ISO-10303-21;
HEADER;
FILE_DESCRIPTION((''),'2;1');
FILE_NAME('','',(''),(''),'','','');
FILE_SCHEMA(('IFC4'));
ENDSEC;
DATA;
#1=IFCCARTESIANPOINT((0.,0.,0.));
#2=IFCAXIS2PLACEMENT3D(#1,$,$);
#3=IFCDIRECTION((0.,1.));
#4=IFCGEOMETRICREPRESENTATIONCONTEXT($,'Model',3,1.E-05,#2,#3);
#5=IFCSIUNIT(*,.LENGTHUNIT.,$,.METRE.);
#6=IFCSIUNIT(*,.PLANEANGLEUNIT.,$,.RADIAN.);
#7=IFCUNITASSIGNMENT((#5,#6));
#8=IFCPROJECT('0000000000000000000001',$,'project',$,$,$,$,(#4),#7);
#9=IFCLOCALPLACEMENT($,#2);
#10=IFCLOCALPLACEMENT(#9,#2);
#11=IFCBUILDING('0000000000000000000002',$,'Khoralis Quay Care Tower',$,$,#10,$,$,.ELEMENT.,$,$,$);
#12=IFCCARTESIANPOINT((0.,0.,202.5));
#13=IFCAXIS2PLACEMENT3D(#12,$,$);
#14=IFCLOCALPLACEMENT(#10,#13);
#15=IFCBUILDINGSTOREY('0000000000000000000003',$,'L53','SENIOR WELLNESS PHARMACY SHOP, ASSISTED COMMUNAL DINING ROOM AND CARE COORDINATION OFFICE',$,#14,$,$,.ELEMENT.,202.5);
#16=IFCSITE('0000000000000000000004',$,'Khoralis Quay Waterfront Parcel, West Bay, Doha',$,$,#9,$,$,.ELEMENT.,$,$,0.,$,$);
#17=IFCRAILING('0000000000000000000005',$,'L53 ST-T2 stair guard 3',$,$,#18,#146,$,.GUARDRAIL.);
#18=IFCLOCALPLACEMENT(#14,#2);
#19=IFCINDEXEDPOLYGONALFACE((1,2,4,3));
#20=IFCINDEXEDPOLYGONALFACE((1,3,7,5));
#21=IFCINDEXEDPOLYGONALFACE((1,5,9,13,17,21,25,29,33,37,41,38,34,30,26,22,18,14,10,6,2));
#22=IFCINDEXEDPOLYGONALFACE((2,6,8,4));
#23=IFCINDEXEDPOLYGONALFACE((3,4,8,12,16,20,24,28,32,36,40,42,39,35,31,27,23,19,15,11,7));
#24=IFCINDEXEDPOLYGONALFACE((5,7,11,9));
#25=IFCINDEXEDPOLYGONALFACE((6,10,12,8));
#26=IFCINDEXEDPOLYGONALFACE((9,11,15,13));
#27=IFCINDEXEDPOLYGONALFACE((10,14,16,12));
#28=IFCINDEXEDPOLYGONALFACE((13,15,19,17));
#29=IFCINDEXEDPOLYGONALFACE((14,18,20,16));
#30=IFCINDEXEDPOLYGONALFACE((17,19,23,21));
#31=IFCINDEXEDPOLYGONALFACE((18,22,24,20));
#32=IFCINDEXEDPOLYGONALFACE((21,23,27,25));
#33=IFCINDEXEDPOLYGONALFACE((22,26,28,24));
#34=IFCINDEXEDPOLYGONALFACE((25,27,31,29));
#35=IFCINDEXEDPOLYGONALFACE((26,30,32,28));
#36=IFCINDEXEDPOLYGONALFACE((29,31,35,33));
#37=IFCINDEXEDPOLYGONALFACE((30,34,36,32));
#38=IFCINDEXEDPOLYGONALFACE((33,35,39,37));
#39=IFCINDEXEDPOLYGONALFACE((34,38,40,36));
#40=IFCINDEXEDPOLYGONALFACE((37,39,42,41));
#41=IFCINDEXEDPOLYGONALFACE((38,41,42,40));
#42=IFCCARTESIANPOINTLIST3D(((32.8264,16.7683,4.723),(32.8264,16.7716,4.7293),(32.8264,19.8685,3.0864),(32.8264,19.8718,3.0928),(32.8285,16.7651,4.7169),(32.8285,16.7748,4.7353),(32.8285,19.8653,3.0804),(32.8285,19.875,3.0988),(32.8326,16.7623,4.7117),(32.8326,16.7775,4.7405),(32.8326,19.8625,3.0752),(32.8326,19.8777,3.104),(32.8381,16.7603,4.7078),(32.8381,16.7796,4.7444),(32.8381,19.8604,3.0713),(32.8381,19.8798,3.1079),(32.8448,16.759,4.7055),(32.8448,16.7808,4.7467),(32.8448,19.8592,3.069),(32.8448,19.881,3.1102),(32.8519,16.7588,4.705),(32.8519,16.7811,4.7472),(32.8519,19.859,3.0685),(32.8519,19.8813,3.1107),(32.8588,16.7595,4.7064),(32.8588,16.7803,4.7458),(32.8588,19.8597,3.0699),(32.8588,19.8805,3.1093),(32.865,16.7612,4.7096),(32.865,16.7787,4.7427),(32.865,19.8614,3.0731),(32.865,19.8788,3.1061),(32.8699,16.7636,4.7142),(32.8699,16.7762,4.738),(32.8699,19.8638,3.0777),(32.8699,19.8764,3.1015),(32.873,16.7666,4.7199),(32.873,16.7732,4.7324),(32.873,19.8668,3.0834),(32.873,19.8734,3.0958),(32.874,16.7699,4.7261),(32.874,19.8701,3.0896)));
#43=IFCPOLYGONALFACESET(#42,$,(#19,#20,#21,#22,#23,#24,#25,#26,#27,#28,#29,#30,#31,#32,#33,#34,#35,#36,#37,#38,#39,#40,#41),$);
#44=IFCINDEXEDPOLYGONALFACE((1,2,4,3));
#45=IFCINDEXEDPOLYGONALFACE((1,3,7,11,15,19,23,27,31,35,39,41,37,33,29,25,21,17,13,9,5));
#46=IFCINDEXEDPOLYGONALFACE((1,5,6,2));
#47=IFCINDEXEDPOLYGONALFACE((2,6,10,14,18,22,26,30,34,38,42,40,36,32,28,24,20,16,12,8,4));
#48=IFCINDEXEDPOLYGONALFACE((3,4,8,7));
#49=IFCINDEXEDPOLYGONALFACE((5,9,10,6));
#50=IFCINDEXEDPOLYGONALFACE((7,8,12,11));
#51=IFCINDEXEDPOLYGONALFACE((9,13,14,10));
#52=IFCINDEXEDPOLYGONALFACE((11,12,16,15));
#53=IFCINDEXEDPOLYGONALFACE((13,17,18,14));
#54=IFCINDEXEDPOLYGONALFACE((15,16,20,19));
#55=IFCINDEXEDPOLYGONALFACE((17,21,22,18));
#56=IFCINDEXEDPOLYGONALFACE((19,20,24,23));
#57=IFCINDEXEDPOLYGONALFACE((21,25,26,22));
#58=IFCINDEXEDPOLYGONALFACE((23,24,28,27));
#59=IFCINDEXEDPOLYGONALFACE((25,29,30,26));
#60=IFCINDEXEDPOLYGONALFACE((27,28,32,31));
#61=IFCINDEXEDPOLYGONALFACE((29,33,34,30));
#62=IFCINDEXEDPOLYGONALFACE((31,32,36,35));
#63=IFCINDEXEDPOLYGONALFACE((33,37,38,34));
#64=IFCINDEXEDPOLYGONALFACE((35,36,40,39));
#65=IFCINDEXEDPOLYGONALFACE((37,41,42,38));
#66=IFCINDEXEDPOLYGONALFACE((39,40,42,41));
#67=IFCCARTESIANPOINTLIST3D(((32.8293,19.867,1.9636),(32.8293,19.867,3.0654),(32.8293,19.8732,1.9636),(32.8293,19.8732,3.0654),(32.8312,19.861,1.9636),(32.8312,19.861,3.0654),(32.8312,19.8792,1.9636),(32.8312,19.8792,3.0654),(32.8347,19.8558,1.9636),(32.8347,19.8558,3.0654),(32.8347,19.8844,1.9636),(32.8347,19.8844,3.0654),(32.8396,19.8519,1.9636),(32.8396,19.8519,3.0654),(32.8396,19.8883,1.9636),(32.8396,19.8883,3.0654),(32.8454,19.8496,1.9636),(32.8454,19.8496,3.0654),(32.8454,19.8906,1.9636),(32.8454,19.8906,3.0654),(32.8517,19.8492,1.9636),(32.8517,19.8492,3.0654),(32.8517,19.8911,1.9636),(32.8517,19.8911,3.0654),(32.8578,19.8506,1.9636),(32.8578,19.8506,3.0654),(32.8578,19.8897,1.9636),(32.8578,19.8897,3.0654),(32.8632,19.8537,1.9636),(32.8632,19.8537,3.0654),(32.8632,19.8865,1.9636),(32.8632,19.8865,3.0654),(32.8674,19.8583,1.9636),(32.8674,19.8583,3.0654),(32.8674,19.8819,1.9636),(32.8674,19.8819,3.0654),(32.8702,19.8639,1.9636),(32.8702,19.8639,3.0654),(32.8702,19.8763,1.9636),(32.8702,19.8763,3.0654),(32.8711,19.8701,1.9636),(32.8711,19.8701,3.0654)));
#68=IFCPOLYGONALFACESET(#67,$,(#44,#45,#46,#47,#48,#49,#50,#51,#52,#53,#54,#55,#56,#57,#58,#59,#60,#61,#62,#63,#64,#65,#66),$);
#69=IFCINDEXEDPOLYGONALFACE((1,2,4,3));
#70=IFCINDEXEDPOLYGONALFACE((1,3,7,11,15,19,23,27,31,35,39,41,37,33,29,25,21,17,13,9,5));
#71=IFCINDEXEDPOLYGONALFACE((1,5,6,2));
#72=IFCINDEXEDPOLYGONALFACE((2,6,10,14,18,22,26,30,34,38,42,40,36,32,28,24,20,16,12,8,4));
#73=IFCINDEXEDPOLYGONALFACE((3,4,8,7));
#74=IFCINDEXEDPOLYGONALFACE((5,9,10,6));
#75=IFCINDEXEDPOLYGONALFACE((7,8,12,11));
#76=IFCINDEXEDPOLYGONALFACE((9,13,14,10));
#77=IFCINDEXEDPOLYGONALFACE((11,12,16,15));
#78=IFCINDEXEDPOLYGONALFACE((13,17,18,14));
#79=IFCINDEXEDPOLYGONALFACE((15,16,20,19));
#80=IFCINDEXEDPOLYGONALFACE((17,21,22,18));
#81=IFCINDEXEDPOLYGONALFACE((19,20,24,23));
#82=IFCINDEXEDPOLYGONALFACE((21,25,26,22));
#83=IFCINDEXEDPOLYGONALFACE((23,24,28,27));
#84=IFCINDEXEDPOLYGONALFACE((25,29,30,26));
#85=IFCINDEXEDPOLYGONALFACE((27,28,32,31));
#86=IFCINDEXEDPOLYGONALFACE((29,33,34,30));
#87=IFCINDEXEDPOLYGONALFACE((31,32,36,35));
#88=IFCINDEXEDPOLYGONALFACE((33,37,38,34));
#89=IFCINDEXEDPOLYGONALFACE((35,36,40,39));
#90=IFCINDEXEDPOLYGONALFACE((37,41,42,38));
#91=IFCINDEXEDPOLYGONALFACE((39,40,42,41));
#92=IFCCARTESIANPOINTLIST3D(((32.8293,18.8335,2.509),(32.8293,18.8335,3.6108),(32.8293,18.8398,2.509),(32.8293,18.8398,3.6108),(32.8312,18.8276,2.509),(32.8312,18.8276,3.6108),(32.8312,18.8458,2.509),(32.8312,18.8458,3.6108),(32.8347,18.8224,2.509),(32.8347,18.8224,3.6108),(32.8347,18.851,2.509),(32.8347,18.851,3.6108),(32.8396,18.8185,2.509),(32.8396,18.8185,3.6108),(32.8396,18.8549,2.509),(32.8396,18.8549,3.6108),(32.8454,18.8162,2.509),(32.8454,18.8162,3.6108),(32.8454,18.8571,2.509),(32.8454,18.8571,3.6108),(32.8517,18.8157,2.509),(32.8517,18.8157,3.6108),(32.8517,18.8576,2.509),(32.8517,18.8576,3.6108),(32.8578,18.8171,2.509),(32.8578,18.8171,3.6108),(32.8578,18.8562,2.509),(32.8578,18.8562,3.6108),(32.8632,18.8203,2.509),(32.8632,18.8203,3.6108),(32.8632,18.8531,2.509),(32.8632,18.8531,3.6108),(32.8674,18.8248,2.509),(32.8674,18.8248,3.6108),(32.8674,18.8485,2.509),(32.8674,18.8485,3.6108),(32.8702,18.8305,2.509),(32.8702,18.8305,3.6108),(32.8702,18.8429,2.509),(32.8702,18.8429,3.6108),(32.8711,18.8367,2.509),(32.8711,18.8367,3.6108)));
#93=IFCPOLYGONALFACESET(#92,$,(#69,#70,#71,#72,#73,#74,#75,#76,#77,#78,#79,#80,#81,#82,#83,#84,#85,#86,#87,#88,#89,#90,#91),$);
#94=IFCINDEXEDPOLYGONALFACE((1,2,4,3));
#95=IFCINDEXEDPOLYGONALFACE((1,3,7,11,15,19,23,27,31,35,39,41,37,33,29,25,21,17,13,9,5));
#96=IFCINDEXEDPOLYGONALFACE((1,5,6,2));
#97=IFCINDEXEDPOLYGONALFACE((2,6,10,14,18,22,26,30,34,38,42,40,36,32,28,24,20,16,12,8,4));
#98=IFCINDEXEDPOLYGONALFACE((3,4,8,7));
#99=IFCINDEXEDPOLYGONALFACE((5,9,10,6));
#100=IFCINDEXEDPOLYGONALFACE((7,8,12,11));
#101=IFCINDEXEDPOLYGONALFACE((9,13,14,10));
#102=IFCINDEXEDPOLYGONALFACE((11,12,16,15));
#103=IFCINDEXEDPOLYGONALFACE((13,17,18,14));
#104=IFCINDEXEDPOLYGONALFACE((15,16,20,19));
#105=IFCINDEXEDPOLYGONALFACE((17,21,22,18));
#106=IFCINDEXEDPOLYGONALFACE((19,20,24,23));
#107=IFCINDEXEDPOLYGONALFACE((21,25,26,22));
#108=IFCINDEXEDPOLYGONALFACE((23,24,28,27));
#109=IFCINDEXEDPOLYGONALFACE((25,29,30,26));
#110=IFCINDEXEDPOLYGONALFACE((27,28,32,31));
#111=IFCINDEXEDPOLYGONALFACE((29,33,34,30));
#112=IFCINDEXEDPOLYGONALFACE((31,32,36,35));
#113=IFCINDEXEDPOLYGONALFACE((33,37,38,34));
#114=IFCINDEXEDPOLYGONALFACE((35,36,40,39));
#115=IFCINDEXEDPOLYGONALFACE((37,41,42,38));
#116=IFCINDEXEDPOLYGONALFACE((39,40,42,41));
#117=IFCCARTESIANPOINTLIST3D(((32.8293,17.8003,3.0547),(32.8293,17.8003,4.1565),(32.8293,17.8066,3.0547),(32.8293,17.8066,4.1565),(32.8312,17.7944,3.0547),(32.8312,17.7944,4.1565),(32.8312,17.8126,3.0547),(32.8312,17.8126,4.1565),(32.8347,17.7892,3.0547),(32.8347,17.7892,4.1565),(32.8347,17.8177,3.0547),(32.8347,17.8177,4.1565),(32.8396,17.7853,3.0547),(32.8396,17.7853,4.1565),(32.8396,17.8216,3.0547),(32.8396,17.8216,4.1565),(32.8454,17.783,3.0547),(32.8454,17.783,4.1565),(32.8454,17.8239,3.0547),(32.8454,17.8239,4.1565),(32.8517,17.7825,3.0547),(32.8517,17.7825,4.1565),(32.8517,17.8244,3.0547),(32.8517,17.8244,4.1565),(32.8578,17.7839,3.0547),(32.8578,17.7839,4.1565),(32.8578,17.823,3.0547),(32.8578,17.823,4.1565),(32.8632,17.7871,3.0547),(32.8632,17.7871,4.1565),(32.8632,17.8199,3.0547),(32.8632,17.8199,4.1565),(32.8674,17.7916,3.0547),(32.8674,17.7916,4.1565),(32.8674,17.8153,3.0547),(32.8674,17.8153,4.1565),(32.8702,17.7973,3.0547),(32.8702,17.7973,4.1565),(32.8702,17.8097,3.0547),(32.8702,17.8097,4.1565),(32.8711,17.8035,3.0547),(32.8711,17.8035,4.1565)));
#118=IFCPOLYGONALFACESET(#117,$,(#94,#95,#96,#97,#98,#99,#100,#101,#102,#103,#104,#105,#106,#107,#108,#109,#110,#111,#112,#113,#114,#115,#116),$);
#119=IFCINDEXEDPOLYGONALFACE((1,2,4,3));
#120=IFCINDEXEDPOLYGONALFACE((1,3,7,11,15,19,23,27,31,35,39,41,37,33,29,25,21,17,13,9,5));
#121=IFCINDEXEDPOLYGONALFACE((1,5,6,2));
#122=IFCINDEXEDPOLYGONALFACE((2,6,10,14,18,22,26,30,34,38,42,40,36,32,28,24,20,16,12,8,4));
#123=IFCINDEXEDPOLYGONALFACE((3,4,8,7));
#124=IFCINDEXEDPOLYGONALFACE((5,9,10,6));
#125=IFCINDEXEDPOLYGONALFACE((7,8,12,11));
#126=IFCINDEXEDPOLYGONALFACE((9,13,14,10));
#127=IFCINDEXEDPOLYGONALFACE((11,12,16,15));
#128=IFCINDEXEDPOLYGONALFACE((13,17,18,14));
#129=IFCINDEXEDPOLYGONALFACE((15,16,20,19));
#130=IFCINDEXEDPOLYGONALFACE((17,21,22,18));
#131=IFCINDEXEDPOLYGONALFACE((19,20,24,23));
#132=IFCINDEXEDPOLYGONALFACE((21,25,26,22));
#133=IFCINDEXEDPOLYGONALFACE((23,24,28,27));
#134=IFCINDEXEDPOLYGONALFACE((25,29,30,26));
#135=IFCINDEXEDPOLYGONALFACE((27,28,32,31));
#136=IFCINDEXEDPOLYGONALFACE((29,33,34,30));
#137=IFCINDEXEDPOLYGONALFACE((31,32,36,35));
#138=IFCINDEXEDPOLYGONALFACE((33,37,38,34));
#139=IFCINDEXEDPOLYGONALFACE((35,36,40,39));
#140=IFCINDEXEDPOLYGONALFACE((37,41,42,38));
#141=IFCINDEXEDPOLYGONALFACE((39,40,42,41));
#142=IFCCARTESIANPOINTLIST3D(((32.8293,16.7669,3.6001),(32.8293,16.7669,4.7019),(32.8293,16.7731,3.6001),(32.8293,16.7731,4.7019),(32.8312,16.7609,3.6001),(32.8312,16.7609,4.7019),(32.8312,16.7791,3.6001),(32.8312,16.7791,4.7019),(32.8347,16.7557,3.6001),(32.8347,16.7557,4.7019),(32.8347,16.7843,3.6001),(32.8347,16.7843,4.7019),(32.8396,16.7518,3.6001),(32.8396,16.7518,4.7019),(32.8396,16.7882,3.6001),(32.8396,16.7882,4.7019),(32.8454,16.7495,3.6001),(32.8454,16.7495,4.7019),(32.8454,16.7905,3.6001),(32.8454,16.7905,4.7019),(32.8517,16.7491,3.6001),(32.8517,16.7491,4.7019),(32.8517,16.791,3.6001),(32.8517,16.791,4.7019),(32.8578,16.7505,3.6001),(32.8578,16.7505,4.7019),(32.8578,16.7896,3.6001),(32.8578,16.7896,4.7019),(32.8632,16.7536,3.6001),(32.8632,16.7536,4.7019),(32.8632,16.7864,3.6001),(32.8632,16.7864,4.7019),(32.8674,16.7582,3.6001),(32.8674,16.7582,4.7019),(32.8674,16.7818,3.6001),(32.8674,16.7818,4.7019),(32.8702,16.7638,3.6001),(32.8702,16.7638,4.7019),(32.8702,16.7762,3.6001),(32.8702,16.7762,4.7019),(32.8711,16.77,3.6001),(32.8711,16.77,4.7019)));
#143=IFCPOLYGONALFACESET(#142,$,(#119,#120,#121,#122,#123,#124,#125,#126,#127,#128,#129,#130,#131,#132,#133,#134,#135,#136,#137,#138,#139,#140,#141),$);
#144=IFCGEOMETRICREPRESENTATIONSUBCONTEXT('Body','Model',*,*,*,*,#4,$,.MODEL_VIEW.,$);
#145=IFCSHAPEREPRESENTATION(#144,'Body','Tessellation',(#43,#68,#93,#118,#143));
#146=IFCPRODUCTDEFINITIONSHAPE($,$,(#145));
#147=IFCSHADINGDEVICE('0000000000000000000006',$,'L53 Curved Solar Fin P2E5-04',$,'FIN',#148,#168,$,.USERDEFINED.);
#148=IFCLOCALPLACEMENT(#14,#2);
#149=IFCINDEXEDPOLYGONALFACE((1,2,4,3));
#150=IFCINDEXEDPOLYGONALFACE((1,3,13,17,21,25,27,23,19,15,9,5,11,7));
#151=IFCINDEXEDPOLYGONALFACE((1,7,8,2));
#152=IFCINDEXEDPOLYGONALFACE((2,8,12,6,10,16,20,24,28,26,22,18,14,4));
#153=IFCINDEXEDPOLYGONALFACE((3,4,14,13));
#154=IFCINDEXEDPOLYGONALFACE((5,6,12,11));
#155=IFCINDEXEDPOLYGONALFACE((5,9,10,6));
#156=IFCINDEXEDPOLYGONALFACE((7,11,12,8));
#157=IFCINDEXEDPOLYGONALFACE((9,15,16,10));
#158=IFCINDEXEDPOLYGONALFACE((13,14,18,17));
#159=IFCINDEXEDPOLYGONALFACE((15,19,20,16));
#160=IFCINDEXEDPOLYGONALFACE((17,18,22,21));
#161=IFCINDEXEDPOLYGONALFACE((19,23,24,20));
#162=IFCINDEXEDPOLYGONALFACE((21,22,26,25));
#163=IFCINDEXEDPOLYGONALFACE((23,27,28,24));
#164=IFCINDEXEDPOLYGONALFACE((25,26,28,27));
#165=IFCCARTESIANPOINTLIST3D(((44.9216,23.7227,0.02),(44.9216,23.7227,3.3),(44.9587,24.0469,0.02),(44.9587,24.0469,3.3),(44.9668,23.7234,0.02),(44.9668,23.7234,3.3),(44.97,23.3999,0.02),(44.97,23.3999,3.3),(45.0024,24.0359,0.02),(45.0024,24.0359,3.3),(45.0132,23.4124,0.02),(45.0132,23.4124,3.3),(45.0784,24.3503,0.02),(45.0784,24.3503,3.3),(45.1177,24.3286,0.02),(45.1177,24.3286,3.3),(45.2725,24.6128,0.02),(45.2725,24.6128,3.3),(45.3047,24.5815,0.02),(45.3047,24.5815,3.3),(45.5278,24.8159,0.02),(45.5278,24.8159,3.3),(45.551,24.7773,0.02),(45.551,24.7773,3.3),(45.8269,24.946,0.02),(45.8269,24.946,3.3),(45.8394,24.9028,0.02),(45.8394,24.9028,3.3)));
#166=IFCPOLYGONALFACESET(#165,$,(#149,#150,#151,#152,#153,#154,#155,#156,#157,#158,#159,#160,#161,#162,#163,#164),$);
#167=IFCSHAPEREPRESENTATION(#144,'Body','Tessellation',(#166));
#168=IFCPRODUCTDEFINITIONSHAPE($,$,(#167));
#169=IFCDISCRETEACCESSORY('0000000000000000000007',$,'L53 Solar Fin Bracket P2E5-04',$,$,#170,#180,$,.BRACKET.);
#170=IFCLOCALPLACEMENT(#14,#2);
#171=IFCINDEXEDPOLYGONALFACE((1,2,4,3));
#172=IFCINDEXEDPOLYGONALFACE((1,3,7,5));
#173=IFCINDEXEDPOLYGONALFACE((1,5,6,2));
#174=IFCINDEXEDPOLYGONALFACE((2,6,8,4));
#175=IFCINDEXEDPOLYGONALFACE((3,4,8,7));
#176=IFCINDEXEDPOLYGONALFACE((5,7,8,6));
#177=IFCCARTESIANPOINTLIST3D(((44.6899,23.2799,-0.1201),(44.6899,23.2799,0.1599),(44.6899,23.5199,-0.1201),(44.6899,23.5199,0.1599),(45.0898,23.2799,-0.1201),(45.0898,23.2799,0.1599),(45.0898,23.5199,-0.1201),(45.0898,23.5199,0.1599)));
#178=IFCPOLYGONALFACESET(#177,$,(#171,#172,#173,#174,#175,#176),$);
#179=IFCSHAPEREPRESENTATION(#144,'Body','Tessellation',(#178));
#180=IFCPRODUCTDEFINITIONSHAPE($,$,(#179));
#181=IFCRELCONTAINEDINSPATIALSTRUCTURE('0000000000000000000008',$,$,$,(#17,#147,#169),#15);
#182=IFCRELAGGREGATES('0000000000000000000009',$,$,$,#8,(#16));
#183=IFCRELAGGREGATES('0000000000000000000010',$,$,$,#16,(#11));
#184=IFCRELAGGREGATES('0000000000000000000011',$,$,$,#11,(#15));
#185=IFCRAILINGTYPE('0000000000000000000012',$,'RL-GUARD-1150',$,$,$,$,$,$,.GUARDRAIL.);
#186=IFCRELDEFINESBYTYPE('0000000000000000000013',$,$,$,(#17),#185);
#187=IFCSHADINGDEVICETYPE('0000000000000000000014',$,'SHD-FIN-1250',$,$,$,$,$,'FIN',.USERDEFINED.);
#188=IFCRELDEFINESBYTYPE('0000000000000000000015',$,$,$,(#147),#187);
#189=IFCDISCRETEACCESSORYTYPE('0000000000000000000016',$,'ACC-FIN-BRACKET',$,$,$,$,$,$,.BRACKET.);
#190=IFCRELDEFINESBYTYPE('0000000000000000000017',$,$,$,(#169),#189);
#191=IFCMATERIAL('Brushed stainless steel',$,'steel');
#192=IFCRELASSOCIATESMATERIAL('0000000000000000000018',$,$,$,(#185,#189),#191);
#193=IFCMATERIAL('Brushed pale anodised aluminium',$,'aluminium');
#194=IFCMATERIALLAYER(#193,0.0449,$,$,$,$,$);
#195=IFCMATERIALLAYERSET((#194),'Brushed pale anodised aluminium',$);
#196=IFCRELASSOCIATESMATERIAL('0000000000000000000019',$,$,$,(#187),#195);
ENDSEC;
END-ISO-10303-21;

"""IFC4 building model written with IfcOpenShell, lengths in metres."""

from ifc_helpers import new_model, si_unit, direction, frame, origin, origin_2d, place, context, subcontext, project, spatial, polyline, rectangle, circle, outline, extrude, source, transform, mapped, material, layer, layer_set, type_object, element, save


model = new_model("IFC4")

# Units and contexts
model_context = context("Model", 3, precision=1e-05, world=origin(), true_north=direction((0.0, 1.0)))
body_context = subcontext(model_context, "Body", "Model", "MODEL_VIEW")
ifc_project = project(units=[si_unit("LENGTHUNIT", "METRE"), si_unit("PLANEANGLEUNIT", "RADIAN")], contexts=[model_context])

# Site, building, storey
site_placement = place(None, origin())
site = spatial("IfcSite", under=ifc_project, at=site_placement, Name="Khoralis Quay Waterfront Parcel, West Bay, Doha", CompositionType="ELEMENT", RefElevation=0.0)
building_placement = place(site_placement, origin())
building = spatial("IfcBuilding", under=site, at=building_placement, Name="Khoralis Quay Care Tower", CompositionType="ELEMENT")
storey_placement = place(building_placement, frame((0.0, 0.0, 202.5)))
storey = spatial("IfcBuildingStorey", under=building, at=storey_placement, Name="L53", Description="SENIOR WELLNESS PHARMACY SHOP, ASSISTED COMMUNAL DINING ROOM AND CARE COORDINATION OFFICE", CompositionType="ELEMENT", Elevation=202.5)

# Railing
ifc_material_1 = material(Name="Brushed stainless steel", Category="steel")
railing_type = type_object("IfcRailingType", Name="RL-GUARD-1150", PredefinedType="GUARDRAIL", material=ifc_material_1)
railing_1_placement = place(storey_placement, frame((32.8501, 19.8701, 1.9636)))
element("IfcRailing", 1, at=railing_1_placement, inside=storey, type_object=railing_type, Name="L53 ST-T2 stair guard 3", PredefinedType="GUARDRAIL", context=body_context, shape_type="SweptSolid", body=[
    extrude(circle(Radius=0.0239, at=origin_2d()), frame((0.0, 0.0, 1.126), z_axis=(0.0, -0.884348, 0.466828), x_axis=(1.0, 0.0, 0.0)), (0.0, 0.0, 1.0), 3.5056),
    extrude(circle(Radius=0.021, at=origin_2d()), origin(), (0.0, 0.0, 1.0), 1.1018),
    extrude(circle(Radius=0.021, at=origin_2d()), frame((0.0, -1.0334, 0.5454)), (0.0, 0.0, 1.0), 1.1018),
    extrude(circle(Radius=0.021, at=origin_2d()), frame((0.0, -2.0667, 1.0911)), (0.0, 0.0, 1.0), 1.1018),
    extrude(circle(Radius=0.021, at=origin_2d()), frame((0.0, -3.1001, 1.6365)), (0.0, 0.0, 1.0), 1.1018),
])

# Shading device
ifc_material_2 = material(Name="Brushed pale anodised aluminium", Category="aluminium")
ifc_layer_1 = layer(ifc_material_2, 0.0449)
ifc_layer_set_1 = layer_set([ifc_layer_1], Name="Brushed pale anodised aluminium")
shading_device_type = type_object("IfcShadingDeviceType", Name="SHD-FIN-1250", ElementType="FIN", PredefinedType="USERDEFINED", material=ifc_layer_set_1)
shared_shape_1 = source(origin(), body_context, "Body", "SweptSolid", [
    extrude(outline(polyline([(0.0, 0.0), (-0.0483, 0.3228), (-0.0112, 0.647), (0.1084, 0.9504), (0.3025, 1.2129), (0.5579, 1.416), (0.8569, 1.5461), (0.8694, 1.5029), (0.5811, 1.3774), (0.3347, 1.1816), (0.1477, 0.9287), (0.0325, 0.636), (-0.0032, 0.3235), (0.0432, 0.0125), (0.0, 0.0)])), origin(), (0.0, 0.0, 1.0), 3.28),
])
shading_device_placement = place(storey_placement, frame((44.97, 23.3999, 0.02), z_axis=(0.0, 0.0, 1.0), x_axis=(1.0, 0.0, 0.0)))
element("IfcShadingDevice", 2, at=shading_device_placement, inside=storey, type_object=shading_device_type, Name="L53 Curved Solar Fin P2E5-04", ObjectType="FIN", PredefinedType="USERDEFINED", context=body_context, shape_type="MappedRepresentation", body=[
    mapped(shared_shape_1, transform((0.0, 0.0, 0.0), scale=1.0)),
])

# Discrete accessory
discrete_accessory_type = type_object("IfcDiscreteAccessoryType", Name="ACC-FIN-BRACKET", PredefinedType="BRACKET", material=ifc_material_1)
shared_shape_2 = source(origin(), body_context, "Body", "SweptSolid", [
    extrude(rectangle(XDim=0.3999, YDim=0.24, at=origin_2d()), origin(), (0.0, 0.0, 1.0), 0.28),
])
discrete_accessory_placement = place(storey_placement, frame((44.8899, 23.3999, -0.1201), z_axis=(0.0, 0.0, 1.0), x_axis=(1.0, 0.0, 0.0)))
element("IfcDiscreteAccessory", 3, at=discrete_accessory_placement, inside=storey, type_object=discrete_accessory_type, Name="L53 Solar Fin Bracket P2E5-04", PredefinedType="BRACKET", context=body_context, shape_type="MappedRepresentation", body=[
    mapped(shared_shape_2, transform((0.0, 0.0, 0.0), scale=1.0)),
])

save(model, "model.ifc")
